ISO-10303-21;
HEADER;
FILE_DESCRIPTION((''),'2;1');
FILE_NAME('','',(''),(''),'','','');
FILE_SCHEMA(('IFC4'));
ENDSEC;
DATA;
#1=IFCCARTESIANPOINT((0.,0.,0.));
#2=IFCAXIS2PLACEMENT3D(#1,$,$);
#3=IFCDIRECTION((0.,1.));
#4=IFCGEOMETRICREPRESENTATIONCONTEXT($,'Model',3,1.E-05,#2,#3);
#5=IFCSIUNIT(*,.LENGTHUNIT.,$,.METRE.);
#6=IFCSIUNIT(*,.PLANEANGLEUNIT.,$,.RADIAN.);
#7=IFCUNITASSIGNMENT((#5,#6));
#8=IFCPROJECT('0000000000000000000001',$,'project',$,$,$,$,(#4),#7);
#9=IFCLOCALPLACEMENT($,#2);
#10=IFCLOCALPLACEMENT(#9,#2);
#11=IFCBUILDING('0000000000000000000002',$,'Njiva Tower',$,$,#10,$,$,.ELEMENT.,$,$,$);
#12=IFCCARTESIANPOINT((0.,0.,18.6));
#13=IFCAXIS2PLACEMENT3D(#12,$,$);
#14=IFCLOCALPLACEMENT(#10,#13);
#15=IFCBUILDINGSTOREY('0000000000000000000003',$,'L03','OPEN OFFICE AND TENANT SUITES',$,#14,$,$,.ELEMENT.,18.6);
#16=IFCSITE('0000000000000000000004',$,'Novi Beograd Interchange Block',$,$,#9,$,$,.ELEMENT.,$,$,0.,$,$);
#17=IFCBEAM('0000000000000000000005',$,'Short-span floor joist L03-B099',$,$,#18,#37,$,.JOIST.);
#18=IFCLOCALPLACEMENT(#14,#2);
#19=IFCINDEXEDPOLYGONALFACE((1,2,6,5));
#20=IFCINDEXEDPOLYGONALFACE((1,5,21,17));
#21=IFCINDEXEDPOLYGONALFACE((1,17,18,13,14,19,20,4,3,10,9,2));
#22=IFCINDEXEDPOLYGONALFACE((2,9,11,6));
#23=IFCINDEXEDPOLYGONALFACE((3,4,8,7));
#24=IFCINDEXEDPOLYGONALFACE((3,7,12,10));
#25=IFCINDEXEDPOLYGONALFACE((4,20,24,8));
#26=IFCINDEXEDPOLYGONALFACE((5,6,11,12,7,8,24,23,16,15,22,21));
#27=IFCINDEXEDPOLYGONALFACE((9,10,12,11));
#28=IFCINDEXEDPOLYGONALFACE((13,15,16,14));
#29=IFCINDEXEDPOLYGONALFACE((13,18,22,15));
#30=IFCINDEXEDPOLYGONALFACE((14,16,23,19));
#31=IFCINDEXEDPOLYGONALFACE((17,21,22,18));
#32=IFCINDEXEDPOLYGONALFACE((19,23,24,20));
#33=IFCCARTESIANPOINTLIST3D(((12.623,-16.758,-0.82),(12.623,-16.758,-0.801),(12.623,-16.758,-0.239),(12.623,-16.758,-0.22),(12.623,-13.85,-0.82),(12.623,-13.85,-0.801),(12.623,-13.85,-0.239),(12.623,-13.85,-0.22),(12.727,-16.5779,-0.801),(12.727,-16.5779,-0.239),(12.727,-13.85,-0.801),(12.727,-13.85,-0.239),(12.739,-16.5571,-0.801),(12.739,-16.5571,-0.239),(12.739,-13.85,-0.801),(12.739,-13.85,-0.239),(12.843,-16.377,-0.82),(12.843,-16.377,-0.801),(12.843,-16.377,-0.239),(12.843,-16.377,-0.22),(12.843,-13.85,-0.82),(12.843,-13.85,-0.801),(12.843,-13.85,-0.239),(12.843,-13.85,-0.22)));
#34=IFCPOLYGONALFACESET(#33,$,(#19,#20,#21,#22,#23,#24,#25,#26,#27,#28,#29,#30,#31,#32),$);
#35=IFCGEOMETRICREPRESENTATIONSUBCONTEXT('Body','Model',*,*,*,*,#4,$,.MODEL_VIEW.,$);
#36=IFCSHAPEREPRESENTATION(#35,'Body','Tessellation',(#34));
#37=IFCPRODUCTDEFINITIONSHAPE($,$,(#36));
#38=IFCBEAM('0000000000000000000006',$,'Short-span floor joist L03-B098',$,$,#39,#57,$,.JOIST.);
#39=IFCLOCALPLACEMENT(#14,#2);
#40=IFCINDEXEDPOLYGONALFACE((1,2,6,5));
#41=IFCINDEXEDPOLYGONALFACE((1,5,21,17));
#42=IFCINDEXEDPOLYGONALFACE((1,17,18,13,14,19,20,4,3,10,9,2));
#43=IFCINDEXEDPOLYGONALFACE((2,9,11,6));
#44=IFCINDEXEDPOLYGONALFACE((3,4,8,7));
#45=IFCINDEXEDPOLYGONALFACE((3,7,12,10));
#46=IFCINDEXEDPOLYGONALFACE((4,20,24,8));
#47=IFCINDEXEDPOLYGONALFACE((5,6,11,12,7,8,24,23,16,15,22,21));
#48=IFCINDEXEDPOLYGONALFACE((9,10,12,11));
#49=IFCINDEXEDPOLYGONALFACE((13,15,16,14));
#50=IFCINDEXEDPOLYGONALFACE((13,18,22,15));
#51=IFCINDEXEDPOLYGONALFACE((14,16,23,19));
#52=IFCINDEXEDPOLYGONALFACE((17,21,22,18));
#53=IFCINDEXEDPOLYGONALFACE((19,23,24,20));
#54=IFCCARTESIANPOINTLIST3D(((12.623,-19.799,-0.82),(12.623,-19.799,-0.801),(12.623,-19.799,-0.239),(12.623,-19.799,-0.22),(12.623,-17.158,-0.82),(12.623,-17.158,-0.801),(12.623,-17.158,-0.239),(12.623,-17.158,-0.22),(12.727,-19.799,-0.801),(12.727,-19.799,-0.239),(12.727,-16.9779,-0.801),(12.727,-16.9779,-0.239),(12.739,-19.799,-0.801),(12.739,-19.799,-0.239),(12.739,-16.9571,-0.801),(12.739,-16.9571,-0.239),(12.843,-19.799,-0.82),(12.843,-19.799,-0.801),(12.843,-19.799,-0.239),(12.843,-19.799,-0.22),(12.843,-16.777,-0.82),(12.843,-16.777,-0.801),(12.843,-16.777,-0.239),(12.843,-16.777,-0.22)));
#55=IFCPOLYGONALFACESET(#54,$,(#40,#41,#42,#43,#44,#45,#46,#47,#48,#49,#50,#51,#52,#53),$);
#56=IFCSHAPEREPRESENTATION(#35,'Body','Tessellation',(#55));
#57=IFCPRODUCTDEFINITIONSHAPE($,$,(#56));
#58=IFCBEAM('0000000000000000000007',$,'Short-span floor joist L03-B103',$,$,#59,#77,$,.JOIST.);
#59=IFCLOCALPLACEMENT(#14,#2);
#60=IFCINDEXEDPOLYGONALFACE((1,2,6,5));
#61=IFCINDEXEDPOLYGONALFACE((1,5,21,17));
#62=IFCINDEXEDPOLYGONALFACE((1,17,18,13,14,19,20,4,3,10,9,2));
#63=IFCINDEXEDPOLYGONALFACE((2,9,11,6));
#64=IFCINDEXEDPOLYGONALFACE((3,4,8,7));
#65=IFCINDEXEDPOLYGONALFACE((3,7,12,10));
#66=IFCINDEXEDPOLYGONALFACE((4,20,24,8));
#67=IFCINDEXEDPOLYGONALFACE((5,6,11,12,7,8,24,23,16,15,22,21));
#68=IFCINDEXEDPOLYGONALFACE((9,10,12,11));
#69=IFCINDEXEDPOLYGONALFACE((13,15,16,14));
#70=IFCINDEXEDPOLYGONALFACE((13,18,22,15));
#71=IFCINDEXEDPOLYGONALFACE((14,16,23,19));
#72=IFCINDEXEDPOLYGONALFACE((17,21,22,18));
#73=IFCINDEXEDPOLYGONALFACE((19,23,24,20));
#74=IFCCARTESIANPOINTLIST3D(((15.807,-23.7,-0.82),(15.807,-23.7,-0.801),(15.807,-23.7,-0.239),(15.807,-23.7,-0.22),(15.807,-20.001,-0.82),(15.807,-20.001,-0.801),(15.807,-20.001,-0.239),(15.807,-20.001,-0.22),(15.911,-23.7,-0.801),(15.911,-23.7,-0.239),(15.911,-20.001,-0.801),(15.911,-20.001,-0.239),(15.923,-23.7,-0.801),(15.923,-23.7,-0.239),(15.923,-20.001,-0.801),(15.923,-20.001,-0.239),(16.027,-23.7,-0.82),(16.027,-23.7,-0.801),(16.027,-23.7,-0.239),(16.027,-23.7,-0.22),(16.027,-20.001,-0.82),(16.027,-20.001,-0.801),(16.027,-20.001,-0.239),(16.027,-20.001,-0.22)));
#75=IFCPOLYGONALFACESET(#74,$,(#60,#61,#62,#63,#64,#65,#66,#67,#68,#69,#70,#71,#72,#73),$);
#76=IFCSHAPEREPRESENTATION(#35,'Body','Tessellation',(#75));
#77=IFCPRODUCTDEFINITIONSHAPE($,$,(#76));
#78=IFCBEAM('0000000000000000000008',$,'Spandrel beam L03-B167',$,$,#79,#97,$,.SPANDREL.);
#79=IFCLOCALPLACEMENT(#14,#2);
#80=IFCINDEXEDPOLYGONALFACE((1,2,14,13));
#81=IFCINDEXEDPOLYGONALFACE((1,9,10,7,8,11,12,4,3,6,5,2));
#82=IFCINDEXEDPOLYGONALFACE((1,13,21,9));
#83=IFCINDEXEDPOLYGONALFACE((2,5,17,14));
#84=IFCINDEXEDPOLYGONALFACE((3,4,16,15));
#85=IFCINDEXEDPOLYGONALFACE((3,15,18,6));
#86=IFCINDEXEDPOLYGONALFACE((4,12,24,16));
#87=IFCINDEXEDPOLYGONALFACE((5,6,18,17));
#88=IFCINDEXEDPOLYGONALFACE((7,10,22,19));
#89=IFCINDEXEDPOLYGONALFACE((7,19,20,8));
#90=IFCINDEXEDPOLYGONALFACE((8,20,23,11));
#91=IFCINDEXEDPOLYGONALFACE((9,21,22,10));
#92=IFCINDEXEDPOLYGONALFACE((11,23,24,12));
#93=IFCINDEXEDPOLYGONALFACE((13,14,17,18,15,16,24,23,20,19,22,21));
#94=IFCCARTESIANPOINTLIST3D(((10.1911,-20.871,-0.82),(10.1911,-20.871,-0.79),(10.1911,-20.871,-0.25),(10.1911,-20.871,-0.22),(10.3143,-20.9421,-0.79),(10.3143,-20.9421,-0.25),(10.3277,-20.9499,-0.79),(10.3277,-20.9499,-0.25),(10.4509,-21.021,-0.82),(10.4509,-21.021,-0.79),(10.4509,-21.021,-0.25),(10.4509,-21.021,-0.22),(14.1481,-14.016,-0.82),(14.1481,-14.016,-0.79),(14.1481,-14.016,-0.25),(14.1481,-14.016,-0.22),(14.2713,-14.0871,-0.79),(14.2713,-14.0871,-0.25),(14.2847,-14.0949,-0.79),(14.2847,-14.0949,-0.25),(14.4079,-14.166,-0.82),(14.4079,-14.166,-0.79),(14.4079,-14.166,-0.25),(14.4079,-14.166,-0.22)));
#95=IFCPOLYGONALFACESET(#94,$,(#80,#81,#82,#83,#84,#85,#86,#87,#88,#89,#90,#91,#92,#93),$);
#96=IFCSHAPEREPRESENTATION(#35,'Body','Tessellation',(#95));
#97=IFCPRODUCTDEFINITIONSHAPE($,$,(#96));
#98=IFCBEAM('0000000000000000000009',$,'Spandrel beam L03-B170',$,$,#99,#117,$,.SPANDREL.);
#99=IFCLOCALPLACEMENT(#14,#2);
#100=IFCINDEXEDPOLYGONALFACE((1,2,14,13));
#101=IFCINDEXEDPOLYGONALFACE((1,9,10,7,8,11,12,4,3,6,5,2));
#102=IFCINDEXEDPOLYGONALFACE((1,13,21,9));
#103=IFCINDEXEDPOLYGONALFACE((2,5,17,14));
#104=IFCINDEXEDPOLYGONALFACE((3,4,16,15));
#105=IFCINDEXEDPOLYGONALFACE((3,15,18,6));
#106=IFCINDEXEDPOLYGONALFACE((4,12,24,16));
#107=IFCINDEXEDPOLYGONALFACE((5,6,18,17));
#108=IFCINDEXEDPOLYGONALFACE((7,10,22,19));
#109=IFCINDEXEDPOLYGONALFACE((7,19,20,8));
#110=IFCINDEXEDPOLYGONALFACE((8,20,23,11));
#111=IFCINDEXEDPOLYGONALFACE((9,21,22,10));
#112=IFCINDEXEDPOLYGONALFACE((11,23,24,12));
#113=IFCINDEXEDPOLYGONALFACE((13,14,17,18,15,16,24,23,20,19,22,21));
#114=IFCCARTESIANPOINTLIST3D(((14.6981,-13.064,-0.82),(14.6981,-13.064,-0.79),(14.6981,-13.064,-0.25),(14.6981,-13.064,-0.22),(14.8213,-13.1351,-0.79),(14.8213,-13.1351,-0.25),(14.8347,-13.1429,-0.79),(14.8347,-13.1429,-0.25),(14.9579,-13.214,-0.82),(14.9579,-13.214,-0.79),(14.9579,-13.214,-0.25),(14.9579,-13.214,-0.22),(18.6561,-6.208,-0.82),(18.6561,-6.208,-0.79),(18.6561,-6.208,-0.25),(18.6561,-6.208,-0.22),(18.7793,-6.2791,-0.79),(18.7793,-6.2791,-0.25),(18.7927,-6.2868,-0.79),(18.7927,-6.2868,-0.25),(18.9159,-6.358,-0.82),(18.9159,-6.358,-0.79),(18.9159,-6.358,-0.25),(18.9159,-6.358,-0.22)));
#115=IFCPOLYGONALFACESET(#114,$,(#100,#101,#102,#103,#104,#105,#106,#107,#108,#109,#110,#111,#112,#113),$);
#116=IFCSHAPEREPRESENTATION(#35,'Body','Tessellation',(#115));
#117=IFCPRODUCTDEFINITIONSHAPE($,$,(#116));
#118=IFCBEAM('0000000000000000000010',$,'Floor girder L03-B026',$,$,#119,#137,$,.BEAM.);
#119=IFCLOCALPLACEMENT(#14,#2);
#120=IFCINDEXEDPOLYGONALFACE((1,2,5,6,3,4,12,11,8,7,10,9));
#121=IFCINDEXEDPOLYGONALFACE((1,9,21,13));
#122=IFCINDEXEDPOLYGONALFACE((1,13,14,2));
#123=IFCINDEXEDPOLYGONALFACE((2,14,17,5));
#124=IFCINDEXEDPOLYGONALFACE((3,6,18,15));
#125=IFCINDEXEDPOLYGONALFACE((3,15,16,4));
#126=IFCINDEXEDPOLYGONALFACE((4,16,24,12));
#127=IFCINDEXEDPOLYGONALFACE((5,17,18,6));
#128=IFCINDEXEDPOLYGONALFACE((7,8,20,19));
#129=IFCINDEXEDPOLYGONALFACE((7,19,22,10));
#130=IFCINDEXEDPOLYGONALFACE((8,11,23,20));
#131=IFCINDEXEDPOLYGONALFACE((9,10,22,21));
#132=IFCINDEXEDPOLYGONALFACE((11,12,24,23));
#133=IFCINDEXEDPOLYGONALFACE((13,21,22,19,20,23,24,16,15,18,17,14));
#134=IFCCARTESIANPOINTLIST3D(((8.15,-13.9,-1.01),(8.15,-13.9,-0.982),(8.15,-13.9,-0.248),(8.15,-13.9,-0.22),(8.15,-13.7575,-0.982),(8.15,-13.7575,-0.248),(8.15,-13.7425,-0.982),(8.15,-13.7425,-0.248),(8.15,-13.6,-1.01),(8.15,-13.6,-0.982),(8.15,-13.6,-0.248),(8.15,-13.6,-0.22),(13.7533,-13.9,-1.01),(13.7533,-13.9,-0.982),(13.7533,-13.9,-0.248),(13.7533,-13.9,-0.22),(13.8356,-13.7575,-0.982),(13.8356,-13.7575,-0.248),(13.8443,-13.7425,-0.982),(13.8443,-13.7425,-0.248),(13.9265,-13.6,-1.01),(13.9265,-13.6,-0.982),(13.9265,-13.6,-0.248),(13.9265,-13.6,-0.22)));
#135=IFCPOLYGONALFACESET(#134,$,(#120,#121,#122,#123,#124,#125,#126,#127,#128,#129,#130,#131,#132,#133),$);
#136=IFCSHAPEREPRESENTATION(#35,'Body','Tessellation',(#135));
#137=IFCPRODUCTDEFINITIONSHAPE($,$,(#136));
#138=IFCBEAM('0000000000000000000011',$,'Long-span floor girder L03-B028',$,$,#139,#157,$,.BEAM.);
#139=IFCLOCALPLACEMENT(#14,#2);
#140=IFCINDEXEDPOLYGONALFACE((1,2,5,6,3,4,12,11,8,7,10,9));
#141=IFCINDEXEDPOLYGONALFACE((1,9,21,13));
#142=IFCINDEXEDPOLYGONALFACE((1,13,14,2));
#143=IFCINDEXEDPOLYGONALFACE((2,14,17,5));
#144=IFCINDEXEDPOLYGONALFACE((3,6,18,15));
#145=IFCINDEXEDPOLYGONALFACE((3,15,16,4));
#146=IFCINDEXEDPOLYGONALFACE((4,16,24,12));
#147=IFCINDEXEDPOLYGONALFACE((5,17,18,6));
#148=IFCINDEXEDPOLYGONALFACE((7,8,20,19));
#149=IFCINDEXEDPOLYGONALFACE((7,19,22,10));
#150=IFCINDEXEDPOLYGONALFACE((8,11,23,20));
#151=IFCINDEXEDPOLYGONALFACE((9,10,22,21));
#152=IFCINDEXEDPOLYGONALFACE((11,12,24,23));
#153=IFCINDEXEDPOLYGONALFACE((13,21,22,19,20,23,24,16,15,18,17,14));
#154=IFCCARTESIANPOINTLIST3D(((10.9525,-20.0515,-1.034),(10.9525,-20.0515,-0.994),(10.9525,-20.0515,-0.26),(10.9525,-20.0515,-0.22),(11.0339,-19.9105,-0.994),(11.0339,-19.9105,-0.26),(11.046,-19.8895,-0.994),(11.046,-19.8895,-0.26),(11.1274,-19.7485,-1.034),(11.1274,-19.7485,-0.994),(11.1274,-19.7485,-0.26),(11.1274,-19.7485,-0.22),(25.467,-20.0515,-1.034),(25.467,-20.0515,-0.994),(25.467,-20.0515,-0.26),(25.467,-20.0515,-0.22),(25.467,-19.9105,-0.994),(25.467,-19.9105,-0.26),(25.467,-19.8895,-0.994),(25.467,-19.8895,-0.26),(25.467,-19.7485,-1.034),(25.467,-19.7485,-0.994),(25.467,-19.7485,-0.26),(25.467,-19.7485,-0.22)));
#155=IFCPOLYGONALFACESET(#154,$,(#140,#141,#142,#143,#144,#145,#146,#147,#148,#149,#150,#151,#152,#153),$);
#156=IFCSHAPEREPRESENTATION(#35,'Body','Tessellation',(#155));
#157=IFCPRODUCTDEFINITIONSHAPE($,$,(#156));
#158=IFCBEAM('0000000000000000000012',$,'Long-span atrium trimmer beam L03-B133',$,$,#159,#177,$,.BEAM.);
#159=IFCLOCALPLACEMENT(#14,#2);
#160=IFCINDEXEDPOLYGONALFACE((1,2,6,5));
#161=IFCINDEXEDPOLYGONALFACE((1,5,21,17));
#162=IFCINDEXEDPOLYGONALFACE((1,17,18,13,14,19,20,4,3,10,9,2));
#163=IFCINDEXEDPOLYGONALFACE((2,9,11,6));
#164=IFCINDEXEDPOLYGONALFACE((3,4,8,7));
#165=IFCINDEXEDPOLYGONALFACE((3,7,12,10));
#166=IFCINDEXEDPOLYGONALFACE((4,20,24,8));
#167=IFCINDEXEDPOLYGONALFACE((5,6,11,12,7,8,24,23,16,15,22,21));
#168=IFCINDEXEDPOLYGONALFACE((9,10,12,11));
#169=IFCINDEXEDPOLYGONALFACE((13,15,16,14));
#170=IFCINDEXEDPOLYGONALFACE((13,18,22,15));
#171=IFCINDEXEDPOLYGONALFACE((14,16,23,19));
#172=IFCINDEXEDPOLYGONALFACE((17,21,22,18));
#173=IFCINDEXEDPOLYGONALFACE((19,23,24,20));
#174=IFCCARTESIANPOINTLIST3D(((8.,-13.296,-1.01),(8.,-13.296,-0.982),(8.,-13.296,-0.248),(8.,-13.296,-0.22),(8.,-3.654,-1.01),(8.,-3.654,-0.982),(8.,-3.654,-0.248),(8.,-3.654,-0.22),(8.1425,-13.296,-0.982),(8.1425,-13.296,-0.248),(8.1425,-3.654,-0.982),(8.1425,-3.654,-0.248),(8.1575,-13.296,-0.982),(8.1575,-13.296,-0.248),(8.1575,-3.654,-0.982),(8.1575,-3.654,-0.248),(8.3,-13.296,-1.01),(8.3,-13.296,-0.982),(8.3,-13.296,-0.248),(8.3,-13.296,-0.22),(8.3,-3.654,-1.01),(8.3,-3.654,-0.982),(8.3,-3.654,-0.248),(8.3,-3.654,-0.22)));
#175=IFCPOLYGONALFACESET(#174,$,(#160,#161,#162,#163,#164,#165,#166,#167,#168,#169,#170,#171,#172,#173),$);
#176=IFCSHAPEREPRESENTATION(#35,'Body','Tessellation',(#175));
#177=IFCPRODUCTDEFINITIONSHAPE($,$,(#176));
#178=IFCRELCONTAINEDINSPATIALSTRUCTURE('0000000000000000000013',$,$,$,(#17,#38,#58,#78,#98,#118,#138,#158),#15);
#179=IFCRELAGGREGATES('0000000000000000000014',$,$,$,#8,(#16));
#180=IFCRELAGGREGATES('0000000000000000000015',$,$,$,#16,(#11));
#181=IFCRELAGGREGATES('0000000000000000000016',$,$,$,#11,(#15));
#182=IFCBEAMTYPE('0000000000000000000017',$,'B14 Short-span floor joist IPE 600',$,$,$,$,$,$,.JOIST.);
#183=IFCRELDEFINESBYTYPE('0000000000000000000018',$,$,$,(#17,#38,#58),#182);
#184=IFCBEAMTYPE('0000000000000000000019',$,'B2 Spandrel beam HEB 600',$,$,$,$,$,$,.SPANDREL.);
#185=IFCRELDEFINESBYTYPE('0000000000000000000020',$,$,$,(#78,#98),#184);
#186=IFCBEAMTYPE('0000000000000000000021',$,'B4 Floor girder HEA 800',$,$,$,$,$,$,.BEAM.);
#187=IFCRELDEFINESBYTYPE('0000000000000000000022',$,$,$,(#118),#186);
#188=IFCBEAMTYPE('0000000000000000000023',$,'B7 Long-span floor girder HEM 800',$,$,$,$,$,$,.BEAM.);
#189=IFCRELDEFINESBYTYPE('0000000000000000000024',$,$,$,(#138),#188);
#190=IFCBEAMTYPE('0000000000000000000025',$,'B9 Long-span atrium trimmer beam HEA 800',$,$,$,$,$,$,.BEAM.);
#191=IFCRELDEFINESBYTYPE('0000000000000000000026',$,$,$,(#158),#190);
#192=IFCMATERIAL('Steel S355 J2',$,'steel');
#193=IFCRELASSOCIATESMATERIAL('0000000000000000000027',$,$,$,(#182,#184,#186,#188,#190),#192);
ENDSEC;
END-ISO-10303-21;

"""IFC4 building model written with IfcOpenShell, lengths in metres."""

from ifc_helpers import new_model, si_unit, direction, frame, origin, origin_2d, place, context, subcontext, project, spatial, i_section, extrude, clip, halfspace, material, material_profile, profile_set, type_object, element, save


model = new_model("IFC4")

# Units and contexts
model_context = context("Model", 3, precision=1e-05, world=origin(), true_north=direction((0.0, 1.0)))
body_context = subcontext(model_context, "Body", "Model", "MODEL_VIEW")
ifc_project = project(units=[si_unit("LENGTHUNIT", "METRE"), si_unit("PLANEANGLEUNIT", "RADIAN")], contexts=[model_context])

# Site, building, storey
site_placement = place(None, origin())
site = spatial("IfcSite", under=ifc_project, at=site_placement, Name="Novi Beograd Interchange Block", CompositionType="ELEMENT", RefElevation=0.0)
building_placement = place(site_placement, origin())
building = spatial("IfcBuilding", under=site, at=building_placement, Name="Njiva Tower", CompositionType="ELEMENT")
storey_placement = place(building_placement, frame((0.0, 0.0, 18.6)))
storey = spatial("IfcBuildingStorey", under=building, at=storey_placement, Name="L03", Description="OPEN OFFICE AND TENANT SUITES", CompositionType="ELEMENT", Elevation=18.6)

# Shared definitions
ifc_material_1 = material(Name="Steel S355 J2", Category="steel")

# Beams
ifc_material_profile_1 = material_profile(ifc_material_1, i_section(OverallWidth=0.22, OverallDepth=0.6, WebThickness=0.012, FlangeThickness=0.019, at=origin_2d()), Name="IPE 600")
ifc_profile_set_1 = profile_set([ifc_material_profile_1], Name="Steel S355 J2")
beam_type_1 = type_object("IfcBeamType", Name="B14 Short-span floor joist IPE 600", PredefinedType="JOIST", material=ifc_profile_set_1)
beam_1_placement = place(storey_placement, frame((12.733, -13.85, -0.52), z_axis=(0.0, -1.0, 0.0), x_axis=(1.0, 0.0, 0.0)))
element("IfcBeam", 1, at=beam_1_placement, inside=storey, type_object=beam_type_1, Name="Short-span floor joist L03-B099", PredefinedType="JOIST", context=body_context, shape_type="Clipping", body=[
    clip(extrude(i_section(OverallWidth=0.22, OverallDepth=0.6, WebThickness=0.012, FlangeThickness=0.019, at=origin_2d()), origin(), (0.0, 0.0, 1.0), 2.928), halfspace(frame((0.0436, 0.0, 2.642), z_axis=(0.866027, 0.0, 0.499998), x_axis=(0.0, 1.0, 0.0)), False)),
])
beam_2_placement = place(storey_placement, frame((12.733, -16.756, -0.52), z_axis=(0.0, -1.0, 0.0), x_axis=(1.0, 0.0, 0.0)))
element("IfcBeam", 2, at=beam_2_placement, inside=storey, type_object=beam_type_1, Name="Short-span floor joist L03-B098", PredefinedType="JOIST", context=body_context, shape_type="Clipping", body=[
    clip(extrude(i_section(OverallWidth=0.22, OverallDepth=0.6, WebThickness=0.012, FlangeThickness=0.019, at=origin_2d()), origin(), (0.0, 0.0, 1.0), 3.043), halfspace(frame((-0.043, 0.0, 0.286), z_axis=(-0.866027, 0.0, -0.499998), x_axis=(0.0, -1.0, 0.0)), False)),
])
beam_3_placement = place(storey_placement, frame((15.917, -20.001, -0.52), z_axis=(0.0, -1.0, 0.0), x_axis=(1.0, 0.0, 0.0)))
element("IfcBeam", 3, at=beam_3_placement, inside=storey, type_object=beam_type_1, Name="Short-span floor joist L03-B103", PredefinedType="JOIST", context=body_context, shape_type="SweptSolid", body=[
    extrude(i_section(OverallWidth=0.22, OverallDepth=0.6, WebThickness=0.012, FlangeThickness=0.019, at=origin_2d()), origin(), (0.0, 0.0, 1.0), 3.699),
])
ifc_material_profile_2 = material_profile(ifc_material_1, i_section(OverallWidth=0.3, OverallDepth=0.6, WebThickness=0.0155, FlangeThickness=0.03, at=origin_2d()), Name="HEB 600")
ifc_profile_set_2 = profile_set([ifc_material_profile_2], Name="Steel S355 J2")
beam_type_2 = type_object("IfcBeamType", Name="B2 Spandrel beam HEB 600", PredefinedType="SPANDREL", material=ifc_profile_set_2)
beam_4_placement = place(storey_placement, frame((10.321, -20.946, -0.52), z_axis=(0.49993, 0.866066, 0.0), x_axis=(-0.866066, 0.49993, 0.0)))
element("IfcBeam", 4, at=beam_4_placement, inside=storey, type_object=beam_type_2, Name="Spandrel beam L03-B167", PredefinedType="SPANDREL", context=body_context, shape_type="SweptSolid", body=[
    extrude(i_section(OverallWidth=0.3, OverallDepth=0.6, WebThickness=0.0155, FlangeThickness=0.03, at=origin_2d()), origin(), (0.0, 0.0, 1.0), 7.9151),
])
beam_5_placement = place(storey_placement, frame((14.828, -13.139, -0.52), z_axis=(0.49997, 0.866043, 0.0), x_axis=(-0.866043, 0.49997, 0.0)))
element("IfcBeam", 5, at=beam_5_placement, inside=storey, type_object=beam_type_2, Name="Spandrel beam L03-B170", PredefinedType="SPANDREL", context=body_context, shape_type="SweptSolid", body=[
    extrude(i_section(OverallWidth=0.3, OverallDepth=0.6, WebThickness=0.0155, FlangeThickness=0.03, at=origin_2d()), origin(), (0.0, 0.0, 1.0), 7.9165),
])
ifc_material_profile_3 = material_profile(ifc_material_1, i_section(OverallWidth=0.3, OverallDepth=0.79, WebThickness=0.015, FlangeThickness=0.028, at=origin_2d()), Name="HEA 800")
ifc_profile_set_3 = profile_set([ifc_material_profile_3], Name="Steel S355 J2")
beam_type_3 = type_object("IfcBeamType", Name="B4 Floor girder HEA 800", PredefinedType="BEAM", material=ifc_profile_set_3)
beam_6_placement = place(storey_placement, frame((8.15, -13.75, -0.615), z_axis=(1.0, 0.0, 0.0), x_axis=(0.0, 1.0, 0.0)))
element("IfcBeam", 6, at=beam_6_placement, inside=storey, type_object=beam_type_3, Name="Floor girder L03-B026", PredefinedType="BEAM", context=body_context, shape_type="Clipping", body=[
    clip(extrude(i_section(OverallWidth=0.3, OverallDepth=0.79, WebThickness=0.015, FlangeThickness=0.028, at=origin_2d()), origin(), (0.0, 0.0, 1.0), 5.797), halfspace(frame((-0.025, 0.0, 5.6755), z_axis=(-0.499998, 0.0, 0.866027), x_axis=(0.0, 1.0, 0.0)), False)),
])
ifc_material_profile_4 = material_profile(ifc_material_1, i_section(OverallWidth=0.303, OverallDepth=0.814, WebThickness=0.021, FlangeThickness=0.04, at=origin_2d()), Name="HEM 800")
ifc_profile_set_4 = profile_set([ifc_material_profile_4], Name="Steel S355 J2")
beam_type_4 = type_object("IfcBeamType", Name="B7 Long-span floor girder HEM 800", PredefinedType="BEAM", material=ifc_profile_set_4)
beam_7_placement = place(storey_placement, frame((10.933, -19.9, -0.627), z_axis=(1.0, 0.0, 0.0), x_axis=(0.0, 1.0, 0.0)))
element("IfcBeam", 7, at=beam_7_placement, inside=storey, type_object=beam_type_4, Name="Long-span floor girder L03-B028", PredefinedType="BEAM", context=body_context, shape_type="Clipping", body=[
    clip(extrude(i_section(OverallWidth=0.303, OverallDepth=0.814, WebThickness=0.021, FlangeThickness=0.04, at=origin_2d()), origin(), (0.0, 0.0, 1.0), 14.534), halfspace(frame((0.025, 0.0, 0.1214), z_axis=(0.499998, 0.0, -0.866027), x_axis=(0.0, -1.0, 0.0)), False)),
])
ifc_material_profile_5 = material_profile(ifc_material_1, i_section(OverallWidth=0.3, OverallDepth=0.79, WebThickness=0.015, FlangeThickness=0.028, at=origin_2d()), Name="HEA 800")
ifc_profile_set_5 = profile_set([ifc_material_profile_5], Name="Steel S355 J2")
beam_type_5 = type_object("IfcBeamType", Name="B9 Long-span atrium trimmer beam HEA 800", PredefinedType="BEAM", material=ifc_profile_set_5)
beam_8_placement = place(storey_placement, frame((8.15, -13.296, -0.615), z_axis=(0.0, 1.0, 0.0), x_axis=(-1.0, 0.0, 0.0)))
element("IfcBeam", 8, at=beam_8_placement, inside=storey, type_object=beam_type_5, Name="Long-span atrium trimmer beam L03-B133", PredefinedType="BEAM", context=body_context, shape_type="SweptSolid", body=[
    extrude(i_section(OverallWidth=0.3, OverallDepth=0.79, WebThickness=0.015, FlangeThickness=0.028, at=origin_2d()), origin(), (0.0, 0.0, 1.0), 9.642),
])

save(model, "model.ifc")
